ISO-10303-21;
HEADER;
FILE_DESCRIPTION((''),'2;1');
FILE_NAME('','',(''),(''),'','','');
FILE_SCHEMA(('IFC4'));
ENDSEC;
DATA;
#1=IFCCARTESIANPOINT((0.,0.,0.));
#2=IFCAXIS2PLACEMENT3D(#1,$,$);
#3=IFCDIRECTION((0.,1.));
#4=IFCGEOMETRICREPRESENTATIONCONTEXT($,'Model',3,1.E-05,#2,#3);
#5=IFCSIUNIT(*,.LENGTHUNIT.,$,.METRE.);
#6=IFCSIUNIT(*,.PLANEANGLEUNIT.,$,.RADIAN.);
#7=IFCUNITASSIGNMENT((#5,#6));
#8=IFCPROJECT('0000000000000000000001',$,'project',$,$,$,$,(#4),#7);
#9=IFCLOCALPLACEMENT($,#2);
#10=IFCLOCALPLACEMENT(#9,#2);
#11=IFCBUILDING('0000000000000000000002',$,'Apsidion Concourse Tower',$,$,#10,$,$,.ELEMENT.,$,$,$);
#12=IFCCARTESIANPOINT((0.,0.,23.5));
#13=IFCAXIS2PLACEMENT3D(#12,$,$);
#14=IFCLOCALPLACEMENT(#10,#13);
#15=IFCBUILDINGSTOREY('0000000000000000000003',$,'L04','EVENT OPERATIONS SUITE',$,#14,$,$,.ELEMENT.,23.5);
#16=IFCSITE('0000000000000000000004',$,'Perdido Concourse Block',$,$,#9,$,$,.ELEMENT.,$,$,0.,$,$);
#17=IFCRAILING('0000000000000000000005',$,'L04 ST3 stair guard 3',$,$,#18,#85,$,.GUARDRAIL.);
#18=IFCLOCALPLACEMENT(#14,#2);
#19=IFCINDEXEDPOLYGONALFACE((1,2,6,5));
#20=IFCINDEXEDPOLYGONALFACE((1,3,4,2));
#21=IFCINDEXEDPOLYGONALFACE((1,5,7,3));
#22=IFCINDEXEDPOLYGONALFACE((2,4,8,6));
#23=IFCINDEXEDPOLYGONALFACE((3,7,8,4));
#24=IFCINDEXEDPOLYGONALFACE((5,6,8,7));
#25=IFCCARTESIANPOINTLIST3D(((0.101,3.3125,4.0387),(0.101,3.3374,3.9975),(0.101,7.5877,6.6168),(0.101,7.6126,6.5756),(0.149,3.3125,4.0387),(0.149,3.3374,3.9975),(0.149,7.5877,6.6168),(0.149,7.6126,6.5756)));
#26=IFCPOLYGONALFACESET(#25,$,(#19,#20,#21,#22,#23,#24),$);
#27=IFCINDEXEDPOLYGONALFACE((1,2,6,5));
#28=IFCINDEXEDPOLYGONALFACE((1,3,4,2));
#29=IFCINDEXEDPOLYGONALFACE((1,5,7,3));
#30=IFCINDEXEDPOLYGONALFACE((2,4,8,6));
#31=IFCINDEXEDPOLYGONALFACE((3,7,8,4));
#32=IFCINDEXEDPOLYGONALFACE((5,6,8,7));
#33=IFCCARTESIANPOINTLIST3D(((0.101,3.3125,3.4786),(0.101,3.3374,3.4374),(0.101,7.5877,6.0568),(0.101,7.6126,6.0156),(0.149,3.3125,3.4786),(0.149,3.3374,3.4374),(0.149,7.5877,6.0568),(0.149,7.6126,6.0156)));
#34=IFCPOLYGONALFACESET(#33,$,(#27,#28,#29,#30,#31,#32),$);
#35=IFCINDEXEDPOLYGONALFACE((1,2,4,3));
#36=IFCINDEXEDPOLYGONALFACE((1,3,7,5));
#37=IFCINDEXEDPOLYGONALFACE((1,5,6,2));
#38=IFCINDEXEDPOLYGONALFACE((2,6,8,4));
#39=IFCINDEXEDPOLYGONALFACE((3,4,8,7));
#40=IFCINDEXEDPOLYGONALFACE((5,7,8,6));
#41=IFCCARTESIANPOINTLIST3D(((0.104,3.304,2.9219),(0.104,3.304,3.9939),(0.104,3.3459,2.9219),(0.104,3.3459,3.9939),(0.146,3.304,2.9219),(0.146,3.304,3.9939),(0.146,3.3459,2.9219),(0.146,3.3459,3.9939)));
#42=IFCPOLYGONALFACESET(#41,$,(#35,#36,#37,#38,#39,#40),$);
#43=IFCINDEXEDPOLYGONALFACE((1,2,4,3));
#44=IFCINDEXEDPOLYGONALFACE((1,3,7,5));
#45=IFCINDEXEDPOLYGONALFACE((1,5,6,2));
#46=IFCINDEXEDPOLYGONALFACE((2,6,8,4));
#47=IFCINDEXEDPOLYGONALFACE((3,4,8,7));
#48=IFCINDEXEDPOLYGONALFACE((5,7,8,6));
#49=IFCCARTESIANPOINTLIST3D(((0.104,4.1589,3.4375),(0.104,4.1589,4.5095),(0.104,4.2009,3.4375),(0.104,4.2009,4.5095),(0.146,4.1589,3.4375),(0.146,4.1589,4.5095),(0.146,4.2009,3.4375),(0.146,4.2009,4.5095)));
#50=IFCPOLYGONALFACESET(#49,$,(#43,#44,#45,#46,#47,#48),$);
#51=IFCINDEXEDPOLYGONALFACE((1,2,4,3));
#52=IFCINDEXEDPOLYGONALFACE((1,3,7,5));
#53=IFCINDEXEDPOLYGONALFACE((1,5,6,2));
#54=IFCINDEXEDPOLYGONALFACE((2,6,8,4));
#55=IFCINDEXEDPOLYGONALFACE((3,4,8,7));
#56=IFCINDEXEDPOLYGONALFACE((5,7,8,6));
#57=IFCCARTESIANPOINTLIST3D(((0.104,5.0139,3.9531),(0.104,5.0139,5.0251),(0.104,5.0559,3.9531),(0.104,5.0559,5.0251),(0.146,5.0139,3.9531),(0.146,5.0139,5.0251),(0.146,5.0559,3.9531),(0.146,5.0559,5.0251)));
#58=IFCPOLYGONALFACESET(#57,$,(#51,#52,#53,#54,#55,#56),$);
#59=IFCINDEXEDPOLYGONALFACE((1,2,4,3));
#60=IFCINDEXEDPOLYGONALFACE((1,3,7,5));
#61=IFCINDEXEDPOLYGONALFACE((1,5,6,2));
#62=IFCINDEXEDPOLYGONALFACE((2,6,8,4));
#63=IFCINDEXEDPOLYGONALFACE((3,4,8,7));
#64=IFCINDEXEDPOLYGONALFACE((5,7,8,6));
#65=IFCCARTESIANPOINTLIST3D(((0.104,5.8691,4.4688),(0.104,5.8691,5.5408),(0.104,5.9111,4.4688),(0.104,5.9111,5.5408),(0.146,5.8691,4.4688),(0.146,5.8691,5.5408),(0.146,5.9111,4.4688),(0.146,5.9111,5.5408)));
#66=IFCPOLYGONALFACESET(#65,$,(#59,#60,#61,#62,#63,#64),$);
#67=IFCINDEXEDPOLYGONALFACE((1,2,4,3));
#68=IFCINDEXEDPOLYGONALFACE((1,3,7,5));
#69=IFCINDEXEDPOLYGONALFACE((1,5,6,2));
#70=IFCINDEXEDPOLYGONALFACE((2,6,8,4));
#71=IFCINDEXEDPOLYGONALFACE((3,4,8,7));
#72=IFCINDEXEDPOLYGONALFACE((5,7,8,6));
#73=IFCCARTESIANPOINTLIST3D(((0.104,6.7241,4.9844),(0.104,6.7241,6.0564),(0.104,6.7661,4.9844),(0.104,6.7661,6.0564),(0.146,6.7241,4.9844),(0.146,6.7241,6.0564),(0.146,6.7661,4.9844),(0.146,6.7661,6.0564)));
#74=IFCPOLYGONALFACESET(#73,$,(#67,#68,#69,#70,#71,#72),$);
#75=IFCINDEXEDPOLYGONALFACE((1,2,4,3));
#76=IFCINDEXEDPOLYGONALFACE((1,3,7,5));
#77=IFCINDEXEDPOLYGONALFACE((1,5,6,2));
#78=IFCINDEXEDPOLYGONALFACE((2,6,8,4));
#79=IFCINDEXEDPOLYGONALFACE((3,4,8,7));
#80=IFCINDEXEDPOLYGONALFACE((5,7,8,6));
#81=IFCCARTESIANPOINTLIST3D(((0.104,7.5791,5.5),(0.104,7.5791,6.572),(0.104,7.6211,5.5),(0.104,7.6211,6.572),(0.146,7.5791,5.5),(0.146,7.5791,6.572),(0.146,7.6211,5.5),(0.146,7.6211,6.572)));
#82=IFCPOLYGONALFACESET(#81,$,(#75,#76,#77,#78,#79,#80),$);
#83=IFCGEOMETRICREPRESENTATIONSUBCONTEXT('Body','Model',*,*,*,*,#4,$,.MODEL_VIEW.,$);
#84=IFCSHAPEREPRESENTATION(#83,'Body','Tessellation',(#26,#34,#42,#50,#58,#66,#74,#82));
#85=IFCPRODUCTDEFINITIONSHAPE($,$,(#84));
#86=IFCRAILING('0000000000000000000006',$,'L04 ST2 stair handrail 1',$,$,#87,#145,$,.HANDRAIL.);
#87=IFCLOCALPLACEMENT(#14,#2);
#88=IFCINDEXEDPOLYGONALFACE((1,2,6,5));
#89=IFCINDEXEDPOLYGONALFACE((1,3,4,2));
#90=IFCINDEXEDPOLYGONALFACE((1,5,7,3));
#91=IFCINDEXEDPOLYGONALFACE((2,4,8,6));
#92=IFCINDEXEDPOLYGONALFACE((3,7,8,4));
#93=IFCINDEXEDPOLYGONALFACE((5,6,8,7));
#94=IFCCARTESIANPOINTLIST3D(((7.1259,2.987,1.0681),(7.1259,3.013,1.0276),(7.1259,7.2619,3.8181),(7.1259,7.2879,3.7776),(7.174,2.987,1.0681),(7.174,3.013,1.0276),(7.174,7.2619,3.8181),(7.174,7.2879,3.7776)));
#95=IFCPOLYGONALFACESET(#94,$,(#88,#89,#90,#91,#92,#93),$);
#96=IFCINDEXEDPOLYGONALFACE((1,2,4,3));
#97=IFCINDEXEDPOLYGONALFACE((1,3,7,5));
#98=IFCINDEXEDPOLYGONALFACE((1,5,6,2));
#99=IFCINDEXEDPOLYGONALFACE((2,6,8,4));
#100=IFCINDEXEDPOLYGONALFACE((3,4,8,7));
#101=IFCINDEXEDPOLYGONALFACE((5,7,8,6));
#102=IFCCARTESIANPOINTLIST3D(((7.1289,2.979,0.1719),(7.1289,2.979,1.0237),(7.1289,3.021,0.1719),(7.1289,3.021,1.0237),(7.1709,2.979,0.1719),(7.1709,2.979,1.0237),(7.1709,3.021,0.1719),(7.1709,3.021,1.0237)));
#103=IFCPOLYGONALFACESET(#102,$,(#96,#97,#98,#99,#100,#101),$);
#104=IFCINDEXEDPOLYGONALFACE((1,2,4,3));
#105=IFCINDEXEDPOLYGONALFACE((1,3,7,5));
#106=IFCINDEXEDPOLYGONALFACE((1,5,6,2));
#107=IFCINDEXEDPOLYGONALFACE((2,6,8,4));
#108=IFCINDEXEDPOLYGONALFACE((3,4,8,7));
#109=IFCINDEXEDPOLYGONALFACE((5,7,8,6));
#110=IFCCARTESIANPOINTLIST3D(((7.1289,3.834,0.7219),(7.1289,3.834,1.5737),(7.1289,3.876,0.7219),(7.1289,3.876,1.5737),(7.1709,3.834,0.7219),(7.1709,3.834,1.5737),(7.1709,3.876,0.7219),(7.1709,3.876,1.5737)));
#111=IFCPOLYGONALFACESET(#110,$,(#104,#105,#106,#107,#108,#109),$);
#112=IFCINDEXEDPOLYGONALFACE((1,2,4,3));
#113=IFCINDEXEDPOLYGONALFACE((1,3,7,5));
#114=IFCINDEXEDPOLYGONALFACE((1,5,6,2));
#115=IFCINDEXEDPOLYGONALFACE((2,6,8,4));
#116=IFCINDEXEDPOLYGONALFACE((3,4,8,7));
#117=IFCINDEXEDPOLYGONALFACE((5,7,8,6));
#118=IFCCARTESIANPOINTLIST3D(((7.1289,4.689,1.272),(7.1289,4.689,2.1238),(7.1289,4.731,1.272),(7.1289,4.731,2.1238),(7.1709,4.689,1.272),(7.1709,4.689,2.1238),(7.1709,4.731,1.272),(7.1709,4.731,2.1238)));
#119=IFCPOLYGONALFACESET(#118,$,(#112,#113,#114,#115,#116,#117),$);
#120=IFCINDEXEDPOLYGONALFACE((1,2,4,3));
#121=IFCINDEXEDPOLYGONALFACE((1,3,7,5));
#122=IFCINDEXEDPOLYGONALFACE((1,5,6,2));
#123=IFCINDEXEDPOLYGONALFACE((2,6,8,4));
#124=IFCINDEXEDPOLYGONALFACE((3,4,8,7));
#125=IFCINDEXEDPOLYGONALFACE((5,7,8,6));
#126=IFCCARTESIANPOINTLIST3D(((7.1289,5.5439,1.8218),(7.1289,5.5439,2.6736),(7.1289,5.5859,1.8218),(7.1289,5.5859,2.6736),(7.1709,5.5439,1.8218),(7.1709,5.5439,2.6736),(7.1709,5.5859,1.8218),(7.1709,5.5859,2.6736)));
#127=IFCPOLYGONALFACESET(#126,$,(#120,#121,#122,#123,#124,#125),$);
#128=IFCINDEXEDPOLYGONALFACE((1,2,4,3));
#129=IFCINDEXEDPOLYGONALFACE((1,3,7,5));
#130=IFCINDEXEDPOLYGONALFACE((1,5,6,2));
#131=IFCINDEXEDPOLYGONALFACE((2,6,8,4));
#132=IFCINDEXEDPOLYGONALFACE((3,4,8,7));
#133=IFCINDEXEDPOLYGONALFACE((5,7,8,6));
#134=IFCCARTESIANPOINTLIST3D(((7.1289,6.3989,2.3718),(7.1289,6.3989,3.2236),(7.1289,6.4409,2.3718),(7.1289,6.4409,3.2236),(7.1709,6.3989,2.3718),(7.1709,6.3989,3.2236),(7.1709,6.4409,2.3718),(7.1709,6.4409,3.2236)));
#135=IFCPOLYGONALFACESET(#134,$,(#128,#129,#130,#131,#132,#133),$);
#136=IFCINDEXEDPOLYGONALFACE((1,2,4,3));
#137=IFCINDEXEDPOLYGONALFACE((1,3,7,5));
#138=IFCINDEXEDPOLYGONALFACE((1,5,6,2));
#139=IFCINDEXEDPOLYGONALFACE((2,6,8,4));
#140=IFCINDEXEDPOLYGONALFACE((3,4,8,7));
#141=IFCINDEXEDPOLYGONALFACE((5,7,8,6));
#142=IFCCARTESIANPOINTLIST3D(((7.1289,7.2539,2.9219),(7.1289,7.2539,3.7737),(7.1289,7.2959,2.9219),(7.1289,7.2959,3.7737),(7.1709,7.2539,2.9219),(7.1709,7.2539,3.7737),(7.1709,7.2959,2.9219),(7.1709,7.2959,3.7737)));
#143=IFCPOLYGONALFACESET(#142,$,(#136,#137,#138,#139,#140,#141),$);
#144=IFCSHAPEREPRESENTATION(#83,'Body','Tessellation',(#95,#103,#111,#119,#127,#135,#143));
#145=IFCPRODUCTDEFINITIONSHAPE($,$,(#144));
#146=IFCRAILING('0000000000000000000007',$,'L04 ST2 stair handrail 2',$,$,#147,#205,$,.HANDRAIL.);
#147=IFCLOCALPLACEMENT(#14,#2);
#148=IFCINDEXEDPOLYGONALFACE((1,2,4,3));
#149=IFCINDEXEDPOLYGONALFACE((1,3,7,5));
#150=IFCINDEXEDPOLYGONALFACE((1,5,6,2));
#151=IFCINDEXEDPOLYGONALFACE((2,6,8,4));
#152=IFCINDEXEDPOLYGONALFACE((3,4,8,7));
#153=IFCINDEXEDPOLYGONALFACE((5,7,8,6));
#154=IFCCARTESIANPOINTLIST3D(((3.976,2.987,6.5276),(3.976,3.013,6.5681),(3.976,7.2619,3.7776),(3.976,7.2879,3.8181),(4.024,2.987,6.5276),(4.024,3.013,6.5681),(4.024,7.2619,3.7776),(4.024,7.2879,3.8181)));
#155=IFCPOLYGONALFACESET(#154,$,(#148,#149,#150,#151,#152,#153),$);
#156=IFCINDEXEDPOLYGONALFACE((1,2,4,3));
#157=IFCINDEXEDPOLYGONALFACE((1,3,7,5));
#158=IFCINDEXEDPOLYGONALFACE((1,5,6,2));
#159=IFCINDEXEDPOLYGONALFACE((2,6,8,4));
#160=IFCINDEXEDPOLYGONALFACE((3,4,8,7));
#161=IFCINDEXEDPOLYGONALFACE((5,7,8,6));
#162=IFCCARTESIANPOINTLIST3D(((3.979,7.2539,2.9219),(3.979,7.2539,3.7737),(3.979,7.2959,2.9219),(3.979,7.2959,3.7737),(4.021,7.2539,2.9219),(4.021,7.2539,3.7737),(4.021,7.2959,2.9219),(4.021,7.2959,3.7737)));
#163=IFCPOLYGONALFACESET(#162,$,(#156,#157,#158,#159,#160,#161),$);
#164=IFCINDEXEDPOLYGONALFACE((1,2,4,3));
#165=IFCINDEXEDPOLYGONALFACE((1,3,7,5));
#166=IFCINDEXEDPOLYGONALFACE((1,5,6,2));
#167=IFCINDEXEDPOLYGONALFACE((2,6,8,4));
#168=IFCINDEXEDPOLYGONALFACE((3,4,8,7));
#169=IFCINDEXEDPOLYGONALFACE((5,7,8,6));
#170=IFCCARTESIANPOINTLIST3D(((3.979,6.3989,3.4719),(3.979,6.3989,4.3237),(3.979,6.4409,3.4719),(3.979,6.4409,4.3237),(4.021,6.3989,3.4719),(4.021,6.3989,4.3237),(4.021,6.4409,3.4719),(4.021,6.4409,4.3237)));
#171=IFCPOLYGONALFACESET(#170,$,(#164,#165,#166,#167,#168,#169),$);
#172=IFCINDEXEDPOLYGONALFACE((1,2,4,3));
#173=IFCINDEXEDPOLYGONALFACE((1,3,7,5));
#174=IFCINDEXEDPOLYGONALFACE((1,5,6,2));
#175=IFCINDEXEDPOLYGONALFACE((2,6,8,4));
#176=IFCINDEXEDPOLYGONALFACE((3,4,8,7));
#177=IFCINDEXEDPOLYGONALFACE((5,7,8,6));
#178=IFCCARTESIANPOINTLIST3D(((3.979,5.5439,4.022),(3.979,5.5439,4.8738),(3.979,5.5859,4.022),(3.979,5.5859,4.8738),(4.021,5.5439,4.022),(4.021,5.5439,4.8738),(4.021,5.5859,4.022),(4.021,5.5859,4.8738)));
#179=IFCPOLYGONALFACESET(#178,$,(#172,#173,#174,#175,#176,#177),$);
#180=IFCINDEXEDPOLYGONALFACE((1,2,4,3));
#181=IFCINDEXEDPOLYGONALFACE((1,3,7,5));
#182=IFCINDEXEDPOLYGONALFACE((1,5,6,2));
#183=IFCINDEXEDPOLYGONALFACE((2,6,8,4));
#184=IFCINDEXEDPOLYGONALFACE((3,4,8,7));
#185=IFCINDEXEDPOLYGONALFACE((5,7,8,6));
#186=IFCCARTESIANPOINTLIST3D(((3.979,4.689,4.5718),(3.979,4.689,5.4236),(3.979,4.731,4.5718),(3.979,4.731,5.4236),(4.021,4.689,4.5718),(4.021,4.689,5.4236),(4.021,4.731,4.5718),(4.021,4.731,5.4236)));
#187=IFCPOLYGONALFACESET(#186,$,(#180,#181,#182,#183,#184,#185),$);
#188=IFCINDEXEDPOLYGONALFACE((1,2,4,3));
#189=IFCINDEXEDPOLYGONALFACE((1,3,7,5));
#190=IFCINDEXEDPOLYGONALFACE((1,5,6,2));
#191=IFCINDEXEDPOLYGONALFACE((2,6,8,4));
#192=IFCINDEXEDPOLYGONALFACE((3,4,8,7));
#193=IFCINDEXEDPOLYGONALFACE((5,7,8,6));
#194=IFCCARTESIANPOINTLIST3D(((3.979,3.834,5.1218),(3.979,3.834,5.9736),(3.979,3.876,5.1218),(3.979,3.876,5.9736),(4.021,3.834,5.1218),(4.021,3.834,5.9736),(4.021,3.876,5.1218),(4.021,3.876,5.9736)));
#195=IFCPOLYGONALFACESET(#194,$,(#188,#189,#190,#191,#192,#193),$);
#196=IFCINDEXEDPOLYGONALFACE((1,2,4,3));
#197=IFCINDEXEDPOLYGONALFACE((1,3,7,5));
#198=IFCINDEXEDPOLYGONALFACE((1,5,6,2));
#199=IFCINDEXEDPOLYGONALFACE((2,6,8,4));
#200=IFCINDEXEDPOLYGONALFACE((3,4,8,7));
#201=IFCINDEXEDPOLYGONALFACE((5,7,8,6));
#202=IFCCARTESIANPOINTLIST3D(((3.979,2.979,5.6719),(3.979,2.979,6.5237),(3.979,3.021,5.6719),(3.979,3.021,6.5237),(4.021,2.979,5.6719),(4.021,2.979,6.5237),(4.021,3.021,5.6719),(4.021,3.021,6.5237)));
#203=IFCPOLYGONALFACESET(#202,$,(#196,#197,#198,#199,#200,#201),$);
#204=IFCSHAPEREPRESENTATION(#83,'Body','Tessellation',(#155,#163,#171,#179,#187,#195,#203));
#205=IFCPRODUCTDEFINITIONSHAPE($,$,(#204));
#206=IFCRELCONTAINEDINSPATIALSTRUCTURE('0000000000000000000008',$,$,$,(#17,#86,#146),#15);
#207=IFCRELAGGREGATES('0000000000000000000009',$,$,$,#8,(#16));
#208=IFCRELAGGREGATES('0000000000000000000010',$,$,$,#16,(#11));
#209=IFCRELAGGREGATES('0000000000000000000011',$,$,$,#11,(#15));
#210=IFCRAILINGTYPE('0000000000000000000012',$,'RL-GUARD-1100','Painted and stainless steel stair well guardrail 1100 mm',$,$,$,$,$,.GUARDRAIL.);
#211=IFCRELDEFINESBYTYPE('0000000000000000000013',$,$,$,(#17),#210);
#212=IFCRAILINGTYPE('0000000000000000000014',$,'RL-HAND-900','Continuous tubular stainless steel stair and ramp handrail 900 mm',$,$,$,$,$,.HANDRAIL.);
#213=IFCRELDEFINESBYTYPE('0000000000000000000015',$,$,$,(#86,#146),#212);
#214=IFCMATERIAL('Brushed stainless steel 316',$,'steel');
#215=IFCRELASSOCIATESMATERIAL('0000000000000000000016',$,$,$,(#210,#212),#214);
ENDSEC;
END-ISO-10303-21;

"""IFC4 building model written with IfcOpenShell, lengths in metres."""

from ifc_helpers import new_model, si_unit, direction, frame, origin, origin_2d, place, context, subcontext, project, spatial, rectangle, extrude, material, type_object, element, save


model = new_model("IFC4")

# Units and contexts
model_context = context("Model", 3, precision=1e-05, world=origin(), true_north=direction((0.0, 1.0)))
body_context = subcontext(model_context, "Body", "Model", "MODEL_VIEW")
ifc_project = project(units=[si_unit("LENGTHUNIT", "METRE"), si_unit("PLANEANGLEUNIT", "RADIAN")], contexts=[model_context])

# Site, building, storey
site_placement = place(None, origin())
site = spatial("IfcSite", under=ifc_project, at=site_placement, Name="Perdido Concourse Block", CompositionType="ELEMENT", RefElevation=0.0)
building_placement = place(site_placement, origin())
building = spatial("IfcBuilding", under=site, at=building_placement, Name="Apsidion Concourse Tower", CompositionType="ELEMENT")
storey_placement = place(building_placement, frame((0.0, 0.0, 23.5)))
storey = spatial("IfcBuildingStorey", under=building, at=storey_placement, Name="L04", Description="EVENT OPERATIONS SUITE", CompositionType="ELEMENT", Elevation=23.5)

# Railings
ifc_material_1 = material(Name="Brushed stainless steel 316", Category="steel")
railing_type_1 = type_object("IfcRailingType", Name="RL-GUARD-1100", Description="Painted and stainless steel stair well guardrail 1100 mm", PredefinedType="GUARDRAIL", material=ifc_material_1)
railing_1_placement = place(storey_placement, frame((0.125, 3.325, 2.9219)))
element("IfcRailing", 1, at=railing_1_placement, inside=storey, type_object=railing_type_1, Name="L04 ST3 stair guard 3", PredefinedType="GUARDRAIL", context=body_context, shape_type="SweptSolid", body=[
    extrude(rectangle(XDim=0.0481, YDim=0.0481, at=origin_2d()), frame((0.0, 0.0, 1.0962), z_axis=(0.0, 0.856339, 0.516415), x_axis=(-1.0, 0.0, 0.0)), (0.0, 0.0, 1.0), 4.9924),
    extrude(rectangle(XDim=0.0481, YDim=0.0481, at=origin_2d()), frame((0.0, 0.0, 0.5361), z_axis=(0.0, 0.856339, 0.516415), x_axis=(-1.0, 0.0, 0.0)), (0.0, 0.0, 1.0), 4.9924),
    extrude(rectangle(XDim=0.042, YDim=0.042, at=origin_2d()), origin(), (0.0, 0.0, 1.0), 1.072),
    extrude(rectangle(XDim=0.042, YDim=0.042, at=origin_2d()), frame((0.0, 0.855, 0.5156)), (0.0, 0.0, 1.0), 1.072),
    extrude(rectangle(XDim=0.042, YDim=0.042, at=origin_2d()), frame((0.0, 1.71, 1.0312)), (0.0, 0.0, 1.0), 1.072),
    extrude(rectangle(XDim=0.042, YDim=0.042, at=origin_2d()), frame((0.0, 2.5652, 1.5469)), (0.0, 0.0, 1.0), 1.072),
    extrude(rectangle(XDim=0.042, YDim=0.042, at=origin_2d()), frame((0.0, 3.4202, 2.0625)), (0.0, 0.0, 1.0), 1.072),
    extrude(rectangle(XDim=0.042, YDim=0.042, at=origin_2d()), frame((0.0, 4.2751, 2.5781)), (0.0, 0.0, 1.0), 1.072),
])
railing_type_2 = type_object("IfcRailingType", Name="RL-HAND-900", Description="Continuous tubular stainless steel stair and ramp handrail 900 mm", PredefinedType="HANDRAIL", material=ifc_material_1)
railing_2_placement = place(storey_placement, frame((7.1499, 3.0, 0.1719)))
element("IfcRailing", 2, at=railing_2_placement, inside=storey, type_object=railing_type_2, Name="L04 ST2 stair handrail 1", PredefinedType="HANDRAIL", context=body_context, shape_type="SweptSolid", body=[
    extrude(rectangle(XDim=0.0481, YDim=0.0481, at=origin_2d()), frame((0.0, 0.0, 0.876), z_axis=(0.0, 0.841013, 0.541015), x_axis=(-1.0, 0.0, 0.0)), (0.0, 0.0, 1.0), 5.083),
    extrude(rectangle(XDim=0.042, YDim=0.042, at=origin_2d()), origin(), (0.0, 0.0, 1.0), 0.8518),
    extrude(rectangle(XDim=0.042, YDim=0.042, at=origin_2d()), frame((0.0, 0.855, 0.55)), (0.0, 0.0, 1.0), 0.8518),
    extrude(rectangle(XDim=0.042, YDim=0.042, at=origin_2d()), frame((0.0, 1.71, 1.1001)), (0.0, 0.0, 1.0), 0.8518),
    extrude(rectangle(XDim=0.042, YDim=0.042, at=origin_2d()), frame((0.0, 2.5649, 1.6499)), (0.0, 0.0, 1.0), 0.8518),
    extrude(rectangle(XDim=0.042, YDim=0.042, at=origin_2d()), frame((0.0, 3.4199, 2.2)), (0.0, 0.0, 1.0), 0.8518),
    extrude(rectangle(XDim=0.042, YDim=0.042, at=origin_2d()), frame((0.0, 4.2749, 2.75)), (0.0, 0.0, 1.0), 0.8518),
])
railing_3_placement = place(storey_placement, frame((4.0, 7.2749, 2.9219)))
element("IfcRailing", 3, at=railing_3_placement, inside=storey, type_object=railing_type_2, Name="L04 ST2 stair handrail 2", PredefinedType="HANDRAIL", context=body_context, shape_type="SweptSolid", body=[
    extrude(rectangle(XDim=0.0481, YDim=0.0481, at=origin_2d()), frame((0.0, 0.0, 0.876), z_axis=(0.0, -0.841013, 0.541015), x_axis=(1.0, 0.0, 0.0)), (0.0, 0.0, 1.0), 5.083),
    extrude(rectangle(XDim=0.042, YDim=0.042, at=origin_2d()), origin(), (0.0, 0.0, 1.0), 0.8518),
    extrude(rectangle(XDim=0.042, YDim=0.042, at=origin_2d()), frame((0.0, -0.855, 0.55)), (0.0, 0.0, 1.0), 0.8518),
    extrude(rectangle(XDim=0.042, YDim=0.042, at=origin_2d()), frame((0.0, -1.71, 1.1001)), (0.0, 0.0, 1.0), 0.8518),
    extrude(rectangle(XDim=0.042, YDim=0.042, at=origin_2d()), frame((0.0, -2.5649, 1.6499)), (0.0, 0.0, 1.0), 0.8518),
    extrude(rectangle(XDim=0.042, YDim=0.042, at=origin_2d()), frame((0.0, -3.4199, 2.2)), (0.0, 0.0, 1.0), 0.8518),
    extrude(rectangle(XDim=0.042, YDim=0.042, at=origin_2d()), frame((0.0, -4.2749, 2.75)), (0.0, 0.0, 1.0), 0.8518),
])

save(model, "model.ifc")
